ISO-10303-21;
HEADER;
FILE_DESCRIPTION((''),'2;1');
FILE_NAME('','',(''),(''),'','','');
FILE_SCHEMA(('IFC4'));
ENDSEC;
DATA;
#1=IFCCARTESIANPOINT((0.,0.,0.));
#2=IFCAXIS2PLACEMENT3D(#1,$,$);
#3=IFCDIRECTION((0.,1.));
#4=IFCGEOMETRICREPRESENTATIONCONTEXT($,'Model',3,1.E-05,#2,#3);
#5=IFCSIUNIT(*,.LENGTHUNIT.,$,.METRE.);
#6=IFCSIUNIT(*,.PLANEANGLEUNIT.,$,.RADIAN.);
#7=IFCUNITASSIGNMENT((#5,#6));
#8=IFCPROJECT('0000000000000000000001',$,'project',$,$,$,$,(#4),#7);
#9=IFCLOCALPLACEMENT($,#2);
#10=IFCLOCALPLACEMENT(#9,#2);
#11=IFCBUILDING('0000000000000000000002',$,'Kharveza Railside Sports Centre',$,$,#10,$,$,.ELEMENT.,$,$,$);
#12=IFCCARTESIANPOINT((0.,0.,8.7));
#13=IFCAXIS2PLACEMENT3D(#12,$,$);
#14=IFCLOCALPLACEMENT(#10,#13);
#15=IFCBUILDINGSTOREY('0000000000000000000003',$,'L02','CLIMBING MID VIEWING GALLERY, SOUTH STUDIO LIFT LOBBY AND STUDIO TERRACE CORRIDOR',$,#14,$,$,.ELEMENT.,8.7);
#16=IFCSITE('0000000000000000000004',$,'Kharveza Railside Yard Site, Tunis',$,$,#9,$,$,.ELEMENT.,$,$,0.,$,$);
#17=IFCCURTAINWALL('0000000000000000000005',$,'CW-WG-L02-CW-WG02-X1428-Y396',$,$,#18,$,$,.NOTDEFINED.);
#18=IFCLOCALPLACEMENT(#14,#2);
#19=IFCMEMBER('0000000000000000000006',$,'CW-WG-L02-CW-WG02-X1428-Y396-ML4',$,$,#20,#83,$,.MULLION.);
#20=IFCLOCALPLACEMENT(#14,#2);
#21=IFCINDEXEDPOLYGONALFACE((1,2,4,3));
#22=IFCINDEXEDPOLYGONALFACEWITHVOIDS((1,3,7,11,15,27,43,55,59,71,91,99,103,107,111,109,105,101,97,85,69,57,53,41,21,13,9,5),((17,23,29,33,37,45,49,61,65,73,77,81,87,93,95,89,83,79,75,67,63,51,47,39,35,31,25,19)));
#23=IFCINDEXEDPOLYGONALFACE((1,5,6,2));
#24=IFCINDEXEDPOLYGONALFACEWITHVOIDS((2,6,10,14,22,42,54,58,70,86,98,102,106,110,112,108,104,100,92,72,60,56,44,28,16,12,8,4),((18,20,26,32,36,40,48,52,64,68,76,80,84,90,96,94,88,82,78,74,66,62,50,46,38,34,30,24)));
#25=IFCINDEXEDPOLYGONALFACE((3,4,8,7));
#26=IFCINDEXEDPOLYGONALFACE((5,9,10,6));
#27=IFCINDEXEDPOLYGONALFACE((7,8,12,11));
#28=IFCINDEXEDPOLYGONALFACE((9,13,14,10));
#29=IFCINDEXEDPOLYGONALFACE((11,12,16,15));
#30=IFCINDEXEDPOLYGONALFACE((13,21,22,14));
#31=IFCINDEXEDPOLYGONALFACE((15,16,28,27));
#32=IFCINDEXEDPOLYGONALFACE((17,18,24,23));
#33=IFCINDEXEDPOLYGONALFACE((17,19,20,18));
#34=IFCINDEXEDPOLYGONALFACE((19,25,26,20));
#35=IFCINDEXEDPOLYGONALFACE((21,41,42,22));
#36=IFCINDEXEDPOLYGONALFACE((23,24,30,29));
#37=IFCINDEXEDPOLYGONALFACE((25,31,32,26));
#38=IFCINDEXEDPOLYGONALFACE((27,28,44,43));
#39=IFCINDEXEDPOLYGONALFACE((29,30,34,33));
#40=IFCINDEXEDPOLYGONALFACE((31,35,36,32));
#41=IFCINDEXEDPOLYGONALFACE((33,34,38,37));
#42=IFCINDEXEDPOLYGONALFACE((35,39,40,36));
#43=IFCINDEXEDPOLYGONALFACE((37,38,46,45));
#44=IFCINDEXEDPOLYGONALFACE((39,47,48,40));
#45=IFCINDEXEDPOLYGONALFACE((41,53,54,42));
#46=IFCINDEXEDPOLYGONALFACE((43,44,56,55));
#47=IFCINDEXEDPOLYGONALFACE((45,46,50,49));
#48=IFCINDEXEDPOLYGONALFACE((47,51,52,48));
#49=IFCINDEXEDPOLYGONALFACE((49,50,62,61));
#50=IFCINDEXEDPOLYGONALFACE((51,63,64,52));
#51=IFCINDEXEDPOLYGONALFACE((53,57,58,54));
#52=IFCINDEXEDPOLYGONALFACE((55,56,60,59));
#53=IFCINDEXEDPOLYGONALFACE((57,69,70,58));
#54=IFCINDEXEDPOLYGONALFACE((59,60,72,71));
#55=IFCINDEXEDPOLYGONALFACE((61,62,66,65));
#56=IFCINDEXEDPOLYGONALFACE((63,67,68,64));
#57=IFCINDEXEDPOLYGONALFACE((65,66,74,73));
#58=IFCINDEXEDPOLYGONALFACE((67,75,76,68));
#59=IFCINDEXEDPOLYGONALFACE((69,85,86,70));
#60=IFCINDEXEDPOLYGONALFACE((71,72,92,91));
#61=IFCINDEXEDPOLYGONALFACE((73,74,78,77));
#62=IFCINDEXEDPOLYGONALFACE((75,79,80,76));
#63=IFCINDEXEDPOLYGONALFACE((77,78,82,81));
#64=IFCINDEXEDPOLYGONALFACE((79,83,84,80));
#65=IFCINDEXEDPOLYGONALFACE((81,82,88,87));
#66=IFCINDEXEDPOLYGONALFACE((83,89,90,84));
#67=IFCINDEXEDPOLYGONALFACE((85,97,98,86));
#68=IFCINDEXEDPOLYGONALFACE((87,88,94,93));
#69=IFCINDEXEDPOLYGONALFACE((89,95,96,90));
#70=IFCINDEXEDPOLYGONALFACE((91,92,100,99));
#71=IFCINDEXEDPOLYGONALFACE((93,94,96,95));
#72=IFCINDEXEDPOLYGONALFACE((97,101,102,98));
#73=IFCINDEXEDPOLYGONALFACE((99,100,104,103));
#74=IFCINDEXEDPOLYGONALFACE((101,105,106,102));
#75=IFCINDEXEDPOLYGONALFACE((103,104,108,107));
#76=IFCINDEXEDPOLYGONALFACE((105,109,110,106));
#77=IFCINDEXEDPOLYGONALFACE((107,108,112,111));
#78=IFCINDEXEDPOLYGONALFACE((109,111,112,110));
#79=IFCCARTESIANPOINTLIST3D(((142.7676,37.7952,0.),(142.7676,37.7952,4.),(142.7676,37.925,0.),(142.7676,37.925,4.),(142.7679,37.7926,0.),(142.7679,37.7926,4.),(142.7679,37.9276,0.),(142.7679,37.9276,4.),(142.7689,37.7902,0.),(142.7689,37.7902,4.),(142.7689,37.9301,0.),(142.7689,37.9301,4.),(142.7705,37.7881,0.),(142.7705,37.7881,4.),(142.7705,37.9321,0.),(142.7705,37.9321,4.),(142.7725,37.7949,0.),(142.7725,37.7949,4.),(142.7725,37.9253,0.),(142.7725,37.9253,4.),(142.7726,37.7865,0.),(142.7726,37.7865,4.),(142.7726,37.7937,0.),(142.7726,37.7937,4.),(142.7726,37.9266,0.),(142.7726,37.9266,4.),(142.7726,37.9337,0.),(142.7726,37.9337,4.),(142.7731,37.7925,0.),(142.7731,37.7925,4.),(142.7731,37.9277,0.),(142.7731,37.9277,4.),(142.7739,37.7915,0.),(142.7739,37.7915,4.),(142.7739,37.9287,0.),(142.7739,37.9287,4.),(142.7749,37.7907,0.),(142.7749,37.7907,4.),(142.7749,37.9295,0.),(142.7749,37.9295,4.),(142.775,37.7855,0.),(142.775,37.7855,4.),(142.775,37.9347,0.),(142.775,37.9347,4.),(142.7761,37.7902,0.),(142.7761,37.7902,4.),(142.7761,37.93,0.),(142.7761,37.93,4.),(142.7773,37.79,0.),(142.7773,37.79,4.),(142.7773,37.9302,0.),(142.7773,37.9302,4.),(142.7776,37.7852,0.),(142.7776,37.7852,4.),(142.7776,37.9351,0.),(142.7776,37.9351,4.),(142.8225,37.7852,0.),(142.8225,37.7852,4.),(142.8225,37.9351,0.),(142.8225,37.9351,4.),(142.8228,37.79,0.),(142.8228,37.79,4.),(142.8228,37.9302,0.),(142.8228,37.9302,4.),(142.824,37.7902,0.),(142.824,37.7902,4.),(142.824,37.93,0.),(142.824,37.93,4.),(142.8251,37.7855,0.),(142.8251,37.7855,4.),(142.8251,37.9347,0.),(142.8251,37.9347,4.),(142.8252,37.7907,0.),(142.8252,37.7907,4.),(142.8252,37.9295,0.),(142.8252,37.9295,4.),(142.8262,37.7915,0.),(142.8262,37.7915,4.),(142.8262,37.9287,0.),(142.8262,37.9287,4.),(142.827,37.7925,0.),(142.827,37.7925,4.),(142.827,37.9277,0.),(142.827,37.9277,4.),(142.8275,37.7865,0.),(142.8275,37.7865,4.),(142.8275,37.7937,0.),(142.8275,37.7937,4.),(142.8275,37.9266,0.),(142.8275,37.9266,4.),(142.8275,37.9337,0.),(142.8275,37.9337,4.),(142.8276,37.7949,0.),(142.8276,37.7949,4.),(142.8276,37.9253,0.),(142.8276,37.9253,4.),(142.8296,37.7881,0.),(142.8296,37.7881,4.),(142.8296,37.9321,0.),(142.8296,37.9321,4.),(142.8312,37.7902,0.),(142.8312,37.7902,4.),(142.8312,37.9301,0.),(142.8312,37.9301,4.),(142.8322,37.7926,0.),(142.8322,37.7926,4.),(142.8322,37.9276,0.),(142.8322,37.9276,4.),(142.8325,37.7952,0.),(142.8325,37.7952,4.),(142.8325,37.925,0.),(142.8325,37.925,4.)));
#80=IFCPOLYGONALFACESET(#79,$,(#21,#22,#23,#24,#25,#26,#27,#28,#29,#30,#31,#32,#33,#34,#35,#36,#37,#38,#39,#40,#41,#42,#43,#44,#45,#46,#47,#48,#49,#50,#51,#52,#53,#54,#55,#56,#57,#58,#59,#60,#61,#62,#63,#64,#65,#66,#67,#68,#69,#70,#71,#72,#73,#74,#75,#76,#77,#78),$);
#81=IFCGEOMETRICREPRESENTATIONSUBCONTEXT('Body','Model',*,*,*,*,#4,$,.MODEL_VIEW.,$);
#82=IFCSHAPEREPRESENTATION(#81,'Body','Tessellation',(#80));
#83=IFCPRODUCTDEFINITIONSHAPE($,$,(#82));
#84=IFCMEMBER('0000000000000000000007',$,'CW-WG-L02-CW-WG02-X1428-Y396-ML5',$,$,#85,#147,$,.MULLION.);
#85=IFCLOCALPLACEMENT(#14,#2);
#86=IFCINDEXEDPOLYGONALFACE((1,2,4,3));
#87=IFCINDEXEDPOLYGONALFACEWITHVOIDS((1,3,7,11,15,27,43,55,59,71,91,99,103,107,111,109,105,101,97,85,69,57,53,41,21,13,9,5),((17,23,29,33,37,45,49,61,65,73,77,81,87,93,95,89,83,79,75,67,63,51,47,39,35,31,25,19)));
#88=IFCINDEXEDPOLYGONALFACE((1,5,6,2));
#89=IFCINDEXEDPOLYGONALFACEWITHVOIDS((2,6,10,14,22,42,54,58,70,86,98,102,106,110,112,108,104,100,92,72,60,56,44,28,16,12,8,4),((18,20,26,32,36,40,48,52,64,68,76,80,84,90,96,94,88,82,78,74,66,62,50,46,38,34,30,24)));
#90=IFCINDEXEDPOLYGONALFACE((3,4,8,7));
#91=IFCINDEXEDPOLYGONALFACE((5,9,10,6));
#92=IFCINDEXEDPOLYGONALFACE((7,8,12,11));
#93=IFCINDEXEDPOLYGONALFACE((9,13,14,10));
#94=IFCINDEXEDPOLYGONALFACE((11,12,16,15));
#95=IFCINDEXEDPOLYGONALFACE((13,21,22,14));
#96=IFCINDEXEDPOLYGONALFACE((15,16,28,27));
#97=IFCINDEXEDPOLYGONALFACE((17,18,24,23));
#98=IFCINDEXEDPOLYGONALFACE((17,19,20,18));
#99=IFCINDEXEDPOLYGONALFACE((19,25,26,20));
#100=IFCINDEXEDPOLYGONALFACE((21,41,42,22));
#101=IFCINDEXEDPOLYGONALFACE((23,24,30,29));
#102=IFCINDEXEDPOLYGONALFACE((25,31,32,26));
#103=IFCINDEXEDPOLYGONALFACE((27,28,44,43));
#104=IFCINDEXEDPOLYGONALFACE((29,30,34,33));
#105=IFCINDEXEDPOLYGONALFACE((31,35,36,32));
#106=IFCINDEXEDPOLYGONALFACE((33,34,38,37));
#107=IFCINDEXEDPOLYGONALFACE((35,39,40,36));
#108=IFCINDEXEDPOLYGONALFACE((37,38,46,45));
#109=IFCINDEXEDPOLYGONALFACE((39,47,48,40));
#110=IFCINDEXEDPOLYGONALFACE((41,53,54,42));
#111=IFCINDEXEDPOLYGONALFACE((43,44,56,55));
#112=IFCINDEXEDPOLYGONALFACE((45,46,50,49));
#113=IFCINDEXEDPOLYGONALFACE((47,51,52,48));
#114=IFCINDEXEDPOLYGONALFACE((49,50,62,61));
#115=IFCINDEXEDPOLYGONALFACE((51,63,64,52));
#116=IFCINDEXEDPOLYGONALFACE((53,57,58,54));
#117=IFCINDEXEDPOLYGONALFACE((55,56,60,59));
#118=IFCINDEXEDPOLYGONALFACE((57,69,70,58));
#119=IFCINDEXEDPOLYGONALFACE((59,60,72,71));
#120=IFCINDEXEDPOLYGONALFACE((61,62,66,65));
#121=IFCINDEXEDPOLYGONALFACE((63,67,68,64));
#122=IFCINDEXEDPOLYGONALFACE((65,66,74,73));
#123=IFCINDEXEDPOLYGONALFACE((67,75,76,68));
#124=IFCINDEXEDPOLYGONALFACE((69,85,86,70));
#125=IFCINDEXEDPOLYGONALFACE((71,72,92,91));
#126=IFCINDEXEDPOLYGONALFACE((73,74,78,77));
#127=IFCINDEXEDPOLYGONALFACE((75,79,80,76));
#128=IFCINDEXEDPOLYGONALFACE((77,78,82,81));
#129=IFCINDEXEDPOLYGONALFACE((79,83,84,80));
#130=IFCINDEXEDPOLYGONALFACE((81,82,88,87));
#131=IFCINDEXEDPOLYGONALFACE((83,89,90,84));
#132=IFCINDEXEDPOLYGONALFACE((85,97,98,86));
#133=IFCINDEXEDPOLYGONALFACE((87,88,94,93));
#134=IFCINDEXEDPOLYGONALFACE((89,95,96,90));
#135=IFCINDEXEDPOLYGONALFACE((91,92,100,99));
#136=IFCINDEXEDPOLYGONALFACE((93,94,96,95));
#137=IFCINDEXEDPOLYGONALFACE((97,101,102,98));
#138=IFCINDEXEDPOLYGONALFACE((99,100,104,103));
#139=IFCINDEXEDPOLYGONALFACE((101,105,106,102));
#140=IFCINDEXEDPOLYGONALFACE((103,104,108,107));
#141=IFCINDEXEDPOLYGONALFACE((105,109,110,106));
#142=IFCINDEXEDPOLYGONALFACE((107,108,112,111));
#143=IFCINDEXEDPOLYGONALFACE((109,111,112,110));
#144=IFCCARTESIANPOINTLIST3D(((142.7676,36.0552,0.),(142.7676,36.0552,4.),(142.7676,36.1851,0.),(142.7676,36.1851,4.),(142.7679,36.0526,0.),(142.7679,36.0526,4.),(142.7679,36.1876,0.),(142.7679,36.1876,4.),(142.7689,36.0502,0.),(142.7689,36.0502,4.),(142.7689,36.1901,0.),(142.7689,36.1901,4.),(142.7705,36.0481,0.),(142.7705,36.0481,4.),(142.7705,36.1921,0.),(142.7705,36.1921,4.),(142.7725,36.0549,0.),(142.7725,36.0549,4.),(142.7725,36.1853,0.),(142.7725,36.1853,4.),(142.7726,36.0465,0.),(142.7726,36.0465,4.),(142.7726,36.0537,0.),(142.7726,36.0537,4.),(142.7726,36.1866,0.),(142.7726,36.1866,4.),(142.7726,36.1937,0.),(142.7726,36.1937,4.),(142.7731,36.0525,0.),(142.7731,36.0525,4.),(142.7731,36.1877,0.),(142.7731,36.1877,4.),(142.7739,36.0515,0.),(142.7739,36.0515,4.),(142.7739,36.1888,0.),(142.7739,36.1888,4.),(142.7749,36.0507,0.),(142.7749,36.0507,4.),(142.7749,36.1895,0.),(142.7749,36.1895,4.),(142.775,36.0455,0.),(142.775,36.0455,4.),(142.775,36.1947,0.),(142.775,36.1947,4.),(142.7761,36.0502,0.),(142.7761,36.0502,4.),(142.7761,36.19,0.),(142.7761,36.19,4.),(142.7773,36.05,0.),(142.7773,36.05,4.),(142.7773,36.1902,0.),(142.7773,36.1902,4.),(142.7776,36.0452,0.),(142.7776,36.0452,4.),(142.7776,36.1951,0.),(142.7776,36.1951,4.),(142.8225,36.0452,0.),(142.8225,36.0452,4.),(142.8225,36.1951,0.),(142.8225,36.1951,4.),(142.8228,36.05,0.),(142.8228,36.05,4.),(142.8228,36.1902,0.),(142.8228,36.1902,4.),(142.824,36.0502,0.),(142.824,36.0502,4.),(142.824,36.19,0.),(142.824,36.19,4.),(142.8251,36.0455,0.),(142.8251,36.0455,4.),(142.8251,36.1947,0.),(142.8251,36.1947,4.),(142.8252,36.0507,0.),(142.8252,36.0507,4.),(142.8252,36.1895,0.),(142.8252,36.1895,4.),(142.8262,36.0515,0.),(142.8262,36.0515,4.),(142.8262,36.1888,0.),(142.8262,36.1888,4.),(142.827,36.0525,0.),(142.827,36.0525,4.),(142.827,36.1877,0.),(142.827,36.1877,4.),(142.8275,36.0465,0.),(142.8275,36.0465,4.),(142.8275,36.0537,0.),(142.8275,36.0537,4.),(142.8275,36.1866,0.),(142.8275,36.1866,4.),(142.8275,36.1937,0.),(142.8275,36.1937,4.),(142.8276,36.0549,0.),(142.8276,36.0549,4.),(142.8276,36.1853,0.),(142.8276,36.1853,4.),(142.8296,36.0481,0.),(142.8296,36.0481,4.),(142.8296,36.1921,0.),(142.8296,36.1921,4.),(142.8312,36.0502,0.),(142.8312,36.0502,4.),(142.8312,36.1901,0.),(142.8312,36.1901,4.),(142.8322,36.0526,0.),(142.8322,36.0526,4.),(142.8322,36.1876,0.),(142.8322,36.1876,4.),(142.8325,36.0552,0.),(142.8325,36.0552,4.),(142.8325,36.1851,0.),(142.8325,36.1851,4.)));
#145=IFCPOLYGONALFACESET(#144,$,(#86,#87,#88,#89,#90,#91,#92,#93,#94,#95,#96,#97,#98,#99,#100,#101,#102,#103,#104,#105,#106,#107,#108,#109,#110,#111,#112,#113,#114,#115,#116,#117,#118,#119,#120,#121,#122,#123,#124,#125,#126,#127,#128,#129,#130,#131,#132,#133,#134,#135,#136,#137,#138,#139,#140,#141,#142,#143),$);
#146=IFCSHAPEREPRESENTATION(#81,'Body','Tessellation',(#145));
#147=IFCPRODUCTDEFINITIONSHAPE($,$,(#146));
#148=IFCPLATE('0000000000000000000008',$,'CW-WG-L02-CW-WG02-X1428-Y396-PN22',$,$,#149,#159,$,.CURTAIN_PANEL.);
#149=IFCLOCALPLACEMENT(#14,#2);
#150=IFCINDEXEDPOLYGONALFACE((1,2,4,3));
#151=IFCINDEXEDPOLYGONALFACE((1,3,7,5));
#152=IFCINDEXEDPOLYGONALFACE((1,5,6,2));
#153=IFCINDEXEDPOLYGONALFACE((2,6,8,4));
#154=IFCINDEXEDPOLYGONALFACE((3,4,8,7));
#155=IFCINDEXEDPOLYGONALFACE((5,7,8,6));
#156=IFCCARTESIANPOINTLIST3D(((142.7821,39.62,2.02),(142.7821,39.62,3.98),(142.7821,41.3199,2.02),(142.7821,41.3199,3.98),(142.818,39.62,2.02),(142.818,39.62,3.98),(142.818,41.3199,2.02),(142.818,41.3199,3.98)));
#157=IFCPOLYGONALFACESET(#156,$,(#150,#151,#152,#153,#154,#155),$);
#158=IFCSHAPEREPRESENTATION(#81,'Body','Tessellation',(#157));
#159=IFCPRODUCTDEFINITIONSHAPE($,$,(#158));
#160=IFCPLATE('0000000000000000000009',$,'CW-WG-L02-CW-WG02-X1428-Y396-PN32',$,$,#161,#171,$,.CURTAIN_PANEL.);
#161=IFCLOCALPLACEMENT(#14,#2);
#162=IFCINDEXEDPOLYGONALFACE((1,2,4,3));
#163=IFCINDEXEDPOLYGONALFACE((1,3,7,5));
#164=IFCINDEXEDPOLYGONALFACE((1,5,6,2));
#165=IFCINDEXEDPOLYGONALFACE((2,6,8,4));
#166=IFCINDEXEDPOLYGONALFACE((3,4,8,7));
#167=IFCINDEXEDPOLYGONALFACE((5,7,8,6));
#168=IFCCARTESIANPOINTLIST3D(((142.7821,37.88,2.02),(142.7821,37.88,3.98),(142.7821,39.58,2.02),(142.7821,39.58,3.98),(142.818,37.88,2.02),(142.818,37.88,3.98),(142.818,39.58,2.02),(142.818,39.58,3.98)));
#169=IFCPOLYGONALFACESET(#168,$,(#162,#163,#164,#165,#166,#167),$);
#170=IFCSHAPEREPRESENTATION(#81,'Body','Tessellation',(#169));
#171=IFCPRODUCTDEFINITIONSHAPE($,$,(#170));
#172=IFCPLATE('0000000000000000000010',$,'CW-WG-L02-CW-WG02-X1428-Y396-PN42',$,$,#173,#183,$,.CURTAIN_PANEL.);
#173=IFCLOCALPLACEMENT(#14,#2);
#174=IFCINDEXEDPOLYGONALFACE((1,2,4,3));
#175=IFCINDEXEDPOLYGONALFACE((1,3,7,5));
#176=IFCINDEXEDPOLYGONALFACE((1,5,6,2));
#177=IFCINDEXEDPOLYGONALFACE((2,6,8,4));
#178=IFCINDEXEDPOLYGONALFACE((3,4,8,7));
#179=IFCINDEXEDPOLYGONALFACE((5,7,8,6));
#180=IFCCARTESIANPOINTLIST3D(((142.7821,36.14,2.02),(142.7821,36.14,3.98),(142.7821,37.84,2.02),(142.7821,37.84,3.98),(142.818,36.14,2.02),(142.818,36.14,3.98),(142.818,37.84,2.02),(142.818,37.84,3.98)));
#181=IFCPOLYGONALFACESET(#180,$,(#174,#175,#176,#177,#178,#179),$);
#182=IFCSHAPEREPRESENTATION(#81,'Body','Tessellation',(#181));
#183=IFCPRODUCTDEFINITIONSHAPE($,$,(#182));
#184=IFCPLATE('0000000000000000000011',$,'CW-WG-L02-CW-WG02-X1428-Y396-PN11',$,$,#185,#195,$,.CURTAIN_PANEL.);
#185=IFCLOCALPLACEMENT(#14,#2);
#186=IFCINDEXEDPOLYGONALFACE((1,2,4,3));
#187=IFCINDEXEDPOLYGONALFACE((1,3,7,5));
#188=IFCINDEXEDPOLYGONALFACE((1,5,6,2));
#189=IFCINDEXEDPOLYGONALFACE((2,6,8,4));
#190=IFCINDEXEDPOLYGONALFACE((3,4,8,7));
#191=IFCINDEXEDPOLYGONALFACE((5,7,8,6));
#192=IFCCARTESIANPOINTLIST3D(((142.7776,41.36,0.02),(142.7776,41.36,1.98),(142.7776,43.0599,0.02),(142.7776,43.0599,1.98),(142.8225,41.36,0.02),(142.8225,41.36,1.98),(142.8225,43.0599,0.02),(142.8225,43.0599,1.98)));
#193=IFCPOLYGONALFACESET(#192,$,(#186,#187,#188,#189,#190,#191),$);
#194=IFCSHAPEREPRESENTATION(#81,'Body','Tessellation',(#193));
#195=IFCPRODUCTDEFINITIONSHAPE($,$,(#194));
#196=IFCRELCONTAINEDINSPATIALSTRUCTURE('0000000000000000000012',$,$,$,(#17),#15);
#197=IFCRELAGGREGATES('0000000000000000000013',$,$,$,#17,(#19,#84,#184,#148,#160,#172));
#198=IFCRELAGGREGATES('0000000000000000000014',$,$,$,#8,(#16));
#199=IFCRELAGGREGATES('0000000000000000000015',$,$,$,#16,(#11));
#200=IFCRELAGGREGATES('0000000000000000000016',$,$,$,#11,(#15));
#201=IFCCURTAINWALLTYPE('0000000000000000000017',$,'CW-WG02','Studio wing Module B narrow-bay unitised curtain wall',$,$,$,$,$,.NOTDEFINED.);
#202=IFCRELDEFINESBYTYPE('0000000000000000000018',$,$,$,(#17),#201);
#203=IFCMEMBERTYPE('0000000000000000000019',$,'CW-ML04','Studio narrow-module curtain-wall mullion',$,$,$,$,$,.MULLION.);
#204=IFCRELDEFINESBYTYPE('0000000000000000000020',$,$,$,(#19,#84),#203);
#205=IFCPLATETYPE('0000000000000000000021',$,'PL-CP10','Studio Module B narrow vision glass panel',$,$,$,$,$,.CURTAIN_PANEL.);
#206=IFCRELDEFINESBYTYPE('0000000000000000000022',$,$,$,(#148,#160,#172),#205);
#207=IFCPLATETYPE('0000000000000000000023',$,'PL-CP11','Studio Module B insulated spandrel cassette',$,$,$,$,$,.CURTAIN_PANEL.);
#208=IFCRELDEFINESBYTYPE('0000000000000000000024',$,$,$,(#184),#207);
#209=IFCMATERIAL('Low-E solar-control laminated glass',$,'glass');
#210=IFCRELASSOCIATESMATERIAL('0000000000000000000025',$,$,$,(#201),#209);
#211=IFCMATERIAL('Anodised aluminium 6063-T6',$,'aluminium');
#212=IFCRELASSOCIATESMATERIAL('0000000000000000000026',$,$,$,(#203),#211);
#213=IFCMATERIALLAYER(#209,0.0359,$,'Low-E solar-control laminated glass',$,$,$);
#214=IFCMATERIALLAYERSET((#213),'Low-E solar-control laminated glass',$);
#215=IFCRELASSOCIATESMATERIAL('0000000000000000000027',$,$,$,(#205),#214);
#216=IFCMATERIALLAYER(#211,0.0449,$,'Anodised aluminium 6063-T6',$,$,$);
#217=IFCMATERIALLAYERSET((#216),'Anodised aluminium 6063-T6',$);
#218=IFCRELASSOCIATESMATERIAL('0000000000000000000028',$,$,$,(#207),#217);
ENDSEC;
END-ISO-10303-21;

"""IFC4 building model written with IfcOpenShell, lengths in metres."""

from ifc_helpers import new_model, si_unit, direction, frame, origin, origin_2d, place, context, subcontext, project, spatial, rectangle, hollow_rectangle, extrude, material, layer, layer_set, material_profile, profile_set, type_object, element, aggregate, save


model = new_model("IFC4")

# Units and contexts
model_context = context("Model", 3, precision=1e-05, world=origin(), true_north=direction((0.0, 1.0)))
body_context = subcontext(model_context, "Body", "Model", "MODEL_VIEW")
ifc_project = project(units=[si_unit("LENGTHUNIT", "METRE"), si_unit("PLANEANGLEUNIT", "RADIAN")], contexts=[model_context])

# Site, building, storey
site_placement = place(None, origin())
site = spatial("IfcSite", under=ifc_project, at=site_placement, Name="Kharveza Railside Yard Site, Tunis", CompositionType="ELEMENT", RefElevation=0.0)
building_placement = place(site_placement, origin())
building = spatial("IfcBuilding", under=site, at=building_placement, Name="Kharveza Railside Sports Centre", CompositionType="ELEMENT")
storey_placement = place(building_placement, frame((0.0, 0.0, 8.7)))
storey = spatial("IfcBuildingStorey", under=building, at=storey_placement, Name="L02", Description="CLIMBING MID VIEWING GALLERY, SOUTH STUDIO LIFT LOBBY AND STUDIO TERRACE CORRIDOR", CompositionType="ELEMENT", Elevation=8.7)

# Curtain wall, members, plates
ifc_material_1 = material(Name="Low-E solar-control laminated glass", Category="glass")
curtain_wall_type = type_object("IfcCurtainWallType", Name="CW-WG02", Description="Studio wing Module B narrow-bay unitised curtain wall", PredefinedType="NOTDEFINED", material=ifc_material_1)
curtain_wall_placement = place(storey_placement, origin())
curtain_wall = element("IfcCurtainWall", 1, at=curtain_wall_placement, inside=storey, type_object=curtain_wall_type, Name="CW-WG-L02-CW-WG02-X1428-Y396", PredefinedType="NOTDEFINED")
ifc_material_2 = material(Name="Anodised aluminium 6063-T6", Category="aluminium")
ifc_material_profile_1 = material_profile(ifc_material_2, hollow_rectangle(XDim=0.0649, YDim=0.1499, WallThickness=0.0049, InnerFilletRadius=0.0049, OuterFilletRadius=0.01, at=origin_2d()), Name="RHS 65x150x5.0")
ifc_profile_set_1 = profile_set([ifc_material_profile_1], Name="Anodised aluminium 6063-T6")
member_type = type_object("IfcMemberType", Name="CW-ML04", Description="Studio narrow-module curtain-wall mullion", PredefinedType="MULLION", material=ifc_profile_set_1)
member_1_placement = place(storey_placement, frame((142.8, 37.8601, 0.0), z_axis=(0.0, 0.0, 1.0), x_axis=(1.0, 0.0, 0.0)))
member_1 = element("IfcMember", 2, at=member_1_placement, type_object=member_type, Name="CW-WG-L02-CW-WG02-X1428-Y396-ML4", PredefinedType="MULLION", context=body_context, shape_type="SweptSolid", body=[
    extrude(hollow_rectangle(XDim=0.0649, YDim=0.1499, WallThickness=0.0049, InnerFilletRadius=0.0049, OuterFilletRadius=0.01, at=origin_2d()), origin(), (0.0, 0.0, 1.0), 4.0),
])
member_2_placement = place(storey_placement, frame((142.8, 36.1201, 0.0), z_axis=(0.0, 0.0, 1.0), x_axis=(1.0, 0.0, 0.0)))
member_2 = element("IfcMember", 3, at=member_2_placement, type_object=member_type, Name="CW-WG-L02-CW-WG02-X1428-Y396-ML5", PredefinedType="MULLION", context=body_context, shape_type="SweptSolid", body=[
    extrude(hollow_rectangle(XDim=0.0649, YDim=0.1499, WallThickness=0.0049, InnerFilletRadius=0.0049, OuterFilletRadius=0.01, at=origin_2d()), origin(), (0.0, 0.0, 1.0), 4.0),
])
ifc_layer_1 = layer(ifc_material_1, 0.0359, Name="Low-E solar-control laminated glass")
ifc_layer_set_1 = layer_set([ifc_layer_1], Name="Low-E solar-control laminated glass")
plate_type_1 = type_object("IfcPlateType", Name="PL-CP10", Description="Studio Module B narrow vision glass panel", PredefinedType="CURTAIN_PANEL", material=ifc_layer_set_1)
plate_1_placement = place(storey_placement, frame((142.8, 40.47, 2.02), z_axis=(0.0, 0.0, 1.0), x_axis=(0.0, -1.0, 0.0)))
plate_1 = element("IfcPlate", 4, at=plate_1_placement, type_object=plate_type_1, Name="CW-WG-L02-CW-WG02-X1428-Y396-PN22", PredefinedType="CURTAIN_PANEL", context=body_context, shape_type="SweptSolid", body=[
    extrude(rectangle(XDim=1.7, YDim=0.0359, at=origin_2d()), origin(), (0.0, 0.0, 1.0), 1.96),
])
plate_2_placement = place(storey_placement, frame((142.8, 38.73, 2.02), z_axis=(0.0, 0.0, 1.0), x_axis=(0.0, -1.0, 0.0)))
plate_2 = element("IfcPlate", 5, at=plate_2_placement, type_object=plate_type_1, Name="CW-WG-L02-CW-WG02-X1428-Y396-PN32", PredefinedType="CURTAIN_PANEL", context=body_context, shape_type="SweptSolid", body=[
    extrude(rectangle(XDim=1.7, YDim=0.0359, at=origin_2d()), origin(), (0.0, 0.0, 1.0), 1.96),
])
plate_3_placement = place(storey_placement, frame((142.8, 36.99, 2.02), z_axis=(0.0, 0.0, 1.0), x_axis=(0.0, -1.0, 0.0)))
plate_3 = element("IfcPlate", 6, at=plate_3_placement, type_object=plate_type_1, Name="CW-WG-L02-CW-WG02-X1428-Y396-PN42", PredefinedType="CURTAIN_PANEL", context=body_context, shape_type="SweptSolid", body=[
    extrude(rectangle(XDim=1.7, YDim=0.0359, at=origin_2d()), origin(), (0.0, 0.0, 1.0), 1.96),
])
ifc_layer_2 = layer(ifc_material_2, 0.0449, Name="Anodised aluminium 6063-T6")
ifc_layer_set_2 = layer_set([ifc_layer_2], Name="Anodised aluminium 6063-T6")
plate_type_2 = type_object("IfcPlateType", Name="PL-CP11", Description="Studio Module B insulated spandrel cassette", PredefinedType="CURTAIN_PANEL", material=ifc_layer_set_2)
plate_4_placement = place(storey_placement, frame((142.8, 42.21, 0.02), z_axis=(0.0, 0.0, 1.0), x_axis=(0.0, -1.0, 0.0)))
plate_4 = element("IfcPlate", 7, at=plate_4_placement, type_object=plate_type_2, Name="CW-WG-L02-CW-WG02-X1428-Y396-PN11", PredefinedType="CURTAIN_PANEL", context=body_context, shape_type="SweptSolid", body=[
    extrude(rectangle(XDim=1.7, YDim=0.0449, at=origin_2d()), origin(), (0.0, 0.0, 1.0), 1.96),
])
aggregate(curtain_wall, [member_1, member_2, plate_4, plate_1, plate_2, plate_3])

save(model, "model.ifc")
